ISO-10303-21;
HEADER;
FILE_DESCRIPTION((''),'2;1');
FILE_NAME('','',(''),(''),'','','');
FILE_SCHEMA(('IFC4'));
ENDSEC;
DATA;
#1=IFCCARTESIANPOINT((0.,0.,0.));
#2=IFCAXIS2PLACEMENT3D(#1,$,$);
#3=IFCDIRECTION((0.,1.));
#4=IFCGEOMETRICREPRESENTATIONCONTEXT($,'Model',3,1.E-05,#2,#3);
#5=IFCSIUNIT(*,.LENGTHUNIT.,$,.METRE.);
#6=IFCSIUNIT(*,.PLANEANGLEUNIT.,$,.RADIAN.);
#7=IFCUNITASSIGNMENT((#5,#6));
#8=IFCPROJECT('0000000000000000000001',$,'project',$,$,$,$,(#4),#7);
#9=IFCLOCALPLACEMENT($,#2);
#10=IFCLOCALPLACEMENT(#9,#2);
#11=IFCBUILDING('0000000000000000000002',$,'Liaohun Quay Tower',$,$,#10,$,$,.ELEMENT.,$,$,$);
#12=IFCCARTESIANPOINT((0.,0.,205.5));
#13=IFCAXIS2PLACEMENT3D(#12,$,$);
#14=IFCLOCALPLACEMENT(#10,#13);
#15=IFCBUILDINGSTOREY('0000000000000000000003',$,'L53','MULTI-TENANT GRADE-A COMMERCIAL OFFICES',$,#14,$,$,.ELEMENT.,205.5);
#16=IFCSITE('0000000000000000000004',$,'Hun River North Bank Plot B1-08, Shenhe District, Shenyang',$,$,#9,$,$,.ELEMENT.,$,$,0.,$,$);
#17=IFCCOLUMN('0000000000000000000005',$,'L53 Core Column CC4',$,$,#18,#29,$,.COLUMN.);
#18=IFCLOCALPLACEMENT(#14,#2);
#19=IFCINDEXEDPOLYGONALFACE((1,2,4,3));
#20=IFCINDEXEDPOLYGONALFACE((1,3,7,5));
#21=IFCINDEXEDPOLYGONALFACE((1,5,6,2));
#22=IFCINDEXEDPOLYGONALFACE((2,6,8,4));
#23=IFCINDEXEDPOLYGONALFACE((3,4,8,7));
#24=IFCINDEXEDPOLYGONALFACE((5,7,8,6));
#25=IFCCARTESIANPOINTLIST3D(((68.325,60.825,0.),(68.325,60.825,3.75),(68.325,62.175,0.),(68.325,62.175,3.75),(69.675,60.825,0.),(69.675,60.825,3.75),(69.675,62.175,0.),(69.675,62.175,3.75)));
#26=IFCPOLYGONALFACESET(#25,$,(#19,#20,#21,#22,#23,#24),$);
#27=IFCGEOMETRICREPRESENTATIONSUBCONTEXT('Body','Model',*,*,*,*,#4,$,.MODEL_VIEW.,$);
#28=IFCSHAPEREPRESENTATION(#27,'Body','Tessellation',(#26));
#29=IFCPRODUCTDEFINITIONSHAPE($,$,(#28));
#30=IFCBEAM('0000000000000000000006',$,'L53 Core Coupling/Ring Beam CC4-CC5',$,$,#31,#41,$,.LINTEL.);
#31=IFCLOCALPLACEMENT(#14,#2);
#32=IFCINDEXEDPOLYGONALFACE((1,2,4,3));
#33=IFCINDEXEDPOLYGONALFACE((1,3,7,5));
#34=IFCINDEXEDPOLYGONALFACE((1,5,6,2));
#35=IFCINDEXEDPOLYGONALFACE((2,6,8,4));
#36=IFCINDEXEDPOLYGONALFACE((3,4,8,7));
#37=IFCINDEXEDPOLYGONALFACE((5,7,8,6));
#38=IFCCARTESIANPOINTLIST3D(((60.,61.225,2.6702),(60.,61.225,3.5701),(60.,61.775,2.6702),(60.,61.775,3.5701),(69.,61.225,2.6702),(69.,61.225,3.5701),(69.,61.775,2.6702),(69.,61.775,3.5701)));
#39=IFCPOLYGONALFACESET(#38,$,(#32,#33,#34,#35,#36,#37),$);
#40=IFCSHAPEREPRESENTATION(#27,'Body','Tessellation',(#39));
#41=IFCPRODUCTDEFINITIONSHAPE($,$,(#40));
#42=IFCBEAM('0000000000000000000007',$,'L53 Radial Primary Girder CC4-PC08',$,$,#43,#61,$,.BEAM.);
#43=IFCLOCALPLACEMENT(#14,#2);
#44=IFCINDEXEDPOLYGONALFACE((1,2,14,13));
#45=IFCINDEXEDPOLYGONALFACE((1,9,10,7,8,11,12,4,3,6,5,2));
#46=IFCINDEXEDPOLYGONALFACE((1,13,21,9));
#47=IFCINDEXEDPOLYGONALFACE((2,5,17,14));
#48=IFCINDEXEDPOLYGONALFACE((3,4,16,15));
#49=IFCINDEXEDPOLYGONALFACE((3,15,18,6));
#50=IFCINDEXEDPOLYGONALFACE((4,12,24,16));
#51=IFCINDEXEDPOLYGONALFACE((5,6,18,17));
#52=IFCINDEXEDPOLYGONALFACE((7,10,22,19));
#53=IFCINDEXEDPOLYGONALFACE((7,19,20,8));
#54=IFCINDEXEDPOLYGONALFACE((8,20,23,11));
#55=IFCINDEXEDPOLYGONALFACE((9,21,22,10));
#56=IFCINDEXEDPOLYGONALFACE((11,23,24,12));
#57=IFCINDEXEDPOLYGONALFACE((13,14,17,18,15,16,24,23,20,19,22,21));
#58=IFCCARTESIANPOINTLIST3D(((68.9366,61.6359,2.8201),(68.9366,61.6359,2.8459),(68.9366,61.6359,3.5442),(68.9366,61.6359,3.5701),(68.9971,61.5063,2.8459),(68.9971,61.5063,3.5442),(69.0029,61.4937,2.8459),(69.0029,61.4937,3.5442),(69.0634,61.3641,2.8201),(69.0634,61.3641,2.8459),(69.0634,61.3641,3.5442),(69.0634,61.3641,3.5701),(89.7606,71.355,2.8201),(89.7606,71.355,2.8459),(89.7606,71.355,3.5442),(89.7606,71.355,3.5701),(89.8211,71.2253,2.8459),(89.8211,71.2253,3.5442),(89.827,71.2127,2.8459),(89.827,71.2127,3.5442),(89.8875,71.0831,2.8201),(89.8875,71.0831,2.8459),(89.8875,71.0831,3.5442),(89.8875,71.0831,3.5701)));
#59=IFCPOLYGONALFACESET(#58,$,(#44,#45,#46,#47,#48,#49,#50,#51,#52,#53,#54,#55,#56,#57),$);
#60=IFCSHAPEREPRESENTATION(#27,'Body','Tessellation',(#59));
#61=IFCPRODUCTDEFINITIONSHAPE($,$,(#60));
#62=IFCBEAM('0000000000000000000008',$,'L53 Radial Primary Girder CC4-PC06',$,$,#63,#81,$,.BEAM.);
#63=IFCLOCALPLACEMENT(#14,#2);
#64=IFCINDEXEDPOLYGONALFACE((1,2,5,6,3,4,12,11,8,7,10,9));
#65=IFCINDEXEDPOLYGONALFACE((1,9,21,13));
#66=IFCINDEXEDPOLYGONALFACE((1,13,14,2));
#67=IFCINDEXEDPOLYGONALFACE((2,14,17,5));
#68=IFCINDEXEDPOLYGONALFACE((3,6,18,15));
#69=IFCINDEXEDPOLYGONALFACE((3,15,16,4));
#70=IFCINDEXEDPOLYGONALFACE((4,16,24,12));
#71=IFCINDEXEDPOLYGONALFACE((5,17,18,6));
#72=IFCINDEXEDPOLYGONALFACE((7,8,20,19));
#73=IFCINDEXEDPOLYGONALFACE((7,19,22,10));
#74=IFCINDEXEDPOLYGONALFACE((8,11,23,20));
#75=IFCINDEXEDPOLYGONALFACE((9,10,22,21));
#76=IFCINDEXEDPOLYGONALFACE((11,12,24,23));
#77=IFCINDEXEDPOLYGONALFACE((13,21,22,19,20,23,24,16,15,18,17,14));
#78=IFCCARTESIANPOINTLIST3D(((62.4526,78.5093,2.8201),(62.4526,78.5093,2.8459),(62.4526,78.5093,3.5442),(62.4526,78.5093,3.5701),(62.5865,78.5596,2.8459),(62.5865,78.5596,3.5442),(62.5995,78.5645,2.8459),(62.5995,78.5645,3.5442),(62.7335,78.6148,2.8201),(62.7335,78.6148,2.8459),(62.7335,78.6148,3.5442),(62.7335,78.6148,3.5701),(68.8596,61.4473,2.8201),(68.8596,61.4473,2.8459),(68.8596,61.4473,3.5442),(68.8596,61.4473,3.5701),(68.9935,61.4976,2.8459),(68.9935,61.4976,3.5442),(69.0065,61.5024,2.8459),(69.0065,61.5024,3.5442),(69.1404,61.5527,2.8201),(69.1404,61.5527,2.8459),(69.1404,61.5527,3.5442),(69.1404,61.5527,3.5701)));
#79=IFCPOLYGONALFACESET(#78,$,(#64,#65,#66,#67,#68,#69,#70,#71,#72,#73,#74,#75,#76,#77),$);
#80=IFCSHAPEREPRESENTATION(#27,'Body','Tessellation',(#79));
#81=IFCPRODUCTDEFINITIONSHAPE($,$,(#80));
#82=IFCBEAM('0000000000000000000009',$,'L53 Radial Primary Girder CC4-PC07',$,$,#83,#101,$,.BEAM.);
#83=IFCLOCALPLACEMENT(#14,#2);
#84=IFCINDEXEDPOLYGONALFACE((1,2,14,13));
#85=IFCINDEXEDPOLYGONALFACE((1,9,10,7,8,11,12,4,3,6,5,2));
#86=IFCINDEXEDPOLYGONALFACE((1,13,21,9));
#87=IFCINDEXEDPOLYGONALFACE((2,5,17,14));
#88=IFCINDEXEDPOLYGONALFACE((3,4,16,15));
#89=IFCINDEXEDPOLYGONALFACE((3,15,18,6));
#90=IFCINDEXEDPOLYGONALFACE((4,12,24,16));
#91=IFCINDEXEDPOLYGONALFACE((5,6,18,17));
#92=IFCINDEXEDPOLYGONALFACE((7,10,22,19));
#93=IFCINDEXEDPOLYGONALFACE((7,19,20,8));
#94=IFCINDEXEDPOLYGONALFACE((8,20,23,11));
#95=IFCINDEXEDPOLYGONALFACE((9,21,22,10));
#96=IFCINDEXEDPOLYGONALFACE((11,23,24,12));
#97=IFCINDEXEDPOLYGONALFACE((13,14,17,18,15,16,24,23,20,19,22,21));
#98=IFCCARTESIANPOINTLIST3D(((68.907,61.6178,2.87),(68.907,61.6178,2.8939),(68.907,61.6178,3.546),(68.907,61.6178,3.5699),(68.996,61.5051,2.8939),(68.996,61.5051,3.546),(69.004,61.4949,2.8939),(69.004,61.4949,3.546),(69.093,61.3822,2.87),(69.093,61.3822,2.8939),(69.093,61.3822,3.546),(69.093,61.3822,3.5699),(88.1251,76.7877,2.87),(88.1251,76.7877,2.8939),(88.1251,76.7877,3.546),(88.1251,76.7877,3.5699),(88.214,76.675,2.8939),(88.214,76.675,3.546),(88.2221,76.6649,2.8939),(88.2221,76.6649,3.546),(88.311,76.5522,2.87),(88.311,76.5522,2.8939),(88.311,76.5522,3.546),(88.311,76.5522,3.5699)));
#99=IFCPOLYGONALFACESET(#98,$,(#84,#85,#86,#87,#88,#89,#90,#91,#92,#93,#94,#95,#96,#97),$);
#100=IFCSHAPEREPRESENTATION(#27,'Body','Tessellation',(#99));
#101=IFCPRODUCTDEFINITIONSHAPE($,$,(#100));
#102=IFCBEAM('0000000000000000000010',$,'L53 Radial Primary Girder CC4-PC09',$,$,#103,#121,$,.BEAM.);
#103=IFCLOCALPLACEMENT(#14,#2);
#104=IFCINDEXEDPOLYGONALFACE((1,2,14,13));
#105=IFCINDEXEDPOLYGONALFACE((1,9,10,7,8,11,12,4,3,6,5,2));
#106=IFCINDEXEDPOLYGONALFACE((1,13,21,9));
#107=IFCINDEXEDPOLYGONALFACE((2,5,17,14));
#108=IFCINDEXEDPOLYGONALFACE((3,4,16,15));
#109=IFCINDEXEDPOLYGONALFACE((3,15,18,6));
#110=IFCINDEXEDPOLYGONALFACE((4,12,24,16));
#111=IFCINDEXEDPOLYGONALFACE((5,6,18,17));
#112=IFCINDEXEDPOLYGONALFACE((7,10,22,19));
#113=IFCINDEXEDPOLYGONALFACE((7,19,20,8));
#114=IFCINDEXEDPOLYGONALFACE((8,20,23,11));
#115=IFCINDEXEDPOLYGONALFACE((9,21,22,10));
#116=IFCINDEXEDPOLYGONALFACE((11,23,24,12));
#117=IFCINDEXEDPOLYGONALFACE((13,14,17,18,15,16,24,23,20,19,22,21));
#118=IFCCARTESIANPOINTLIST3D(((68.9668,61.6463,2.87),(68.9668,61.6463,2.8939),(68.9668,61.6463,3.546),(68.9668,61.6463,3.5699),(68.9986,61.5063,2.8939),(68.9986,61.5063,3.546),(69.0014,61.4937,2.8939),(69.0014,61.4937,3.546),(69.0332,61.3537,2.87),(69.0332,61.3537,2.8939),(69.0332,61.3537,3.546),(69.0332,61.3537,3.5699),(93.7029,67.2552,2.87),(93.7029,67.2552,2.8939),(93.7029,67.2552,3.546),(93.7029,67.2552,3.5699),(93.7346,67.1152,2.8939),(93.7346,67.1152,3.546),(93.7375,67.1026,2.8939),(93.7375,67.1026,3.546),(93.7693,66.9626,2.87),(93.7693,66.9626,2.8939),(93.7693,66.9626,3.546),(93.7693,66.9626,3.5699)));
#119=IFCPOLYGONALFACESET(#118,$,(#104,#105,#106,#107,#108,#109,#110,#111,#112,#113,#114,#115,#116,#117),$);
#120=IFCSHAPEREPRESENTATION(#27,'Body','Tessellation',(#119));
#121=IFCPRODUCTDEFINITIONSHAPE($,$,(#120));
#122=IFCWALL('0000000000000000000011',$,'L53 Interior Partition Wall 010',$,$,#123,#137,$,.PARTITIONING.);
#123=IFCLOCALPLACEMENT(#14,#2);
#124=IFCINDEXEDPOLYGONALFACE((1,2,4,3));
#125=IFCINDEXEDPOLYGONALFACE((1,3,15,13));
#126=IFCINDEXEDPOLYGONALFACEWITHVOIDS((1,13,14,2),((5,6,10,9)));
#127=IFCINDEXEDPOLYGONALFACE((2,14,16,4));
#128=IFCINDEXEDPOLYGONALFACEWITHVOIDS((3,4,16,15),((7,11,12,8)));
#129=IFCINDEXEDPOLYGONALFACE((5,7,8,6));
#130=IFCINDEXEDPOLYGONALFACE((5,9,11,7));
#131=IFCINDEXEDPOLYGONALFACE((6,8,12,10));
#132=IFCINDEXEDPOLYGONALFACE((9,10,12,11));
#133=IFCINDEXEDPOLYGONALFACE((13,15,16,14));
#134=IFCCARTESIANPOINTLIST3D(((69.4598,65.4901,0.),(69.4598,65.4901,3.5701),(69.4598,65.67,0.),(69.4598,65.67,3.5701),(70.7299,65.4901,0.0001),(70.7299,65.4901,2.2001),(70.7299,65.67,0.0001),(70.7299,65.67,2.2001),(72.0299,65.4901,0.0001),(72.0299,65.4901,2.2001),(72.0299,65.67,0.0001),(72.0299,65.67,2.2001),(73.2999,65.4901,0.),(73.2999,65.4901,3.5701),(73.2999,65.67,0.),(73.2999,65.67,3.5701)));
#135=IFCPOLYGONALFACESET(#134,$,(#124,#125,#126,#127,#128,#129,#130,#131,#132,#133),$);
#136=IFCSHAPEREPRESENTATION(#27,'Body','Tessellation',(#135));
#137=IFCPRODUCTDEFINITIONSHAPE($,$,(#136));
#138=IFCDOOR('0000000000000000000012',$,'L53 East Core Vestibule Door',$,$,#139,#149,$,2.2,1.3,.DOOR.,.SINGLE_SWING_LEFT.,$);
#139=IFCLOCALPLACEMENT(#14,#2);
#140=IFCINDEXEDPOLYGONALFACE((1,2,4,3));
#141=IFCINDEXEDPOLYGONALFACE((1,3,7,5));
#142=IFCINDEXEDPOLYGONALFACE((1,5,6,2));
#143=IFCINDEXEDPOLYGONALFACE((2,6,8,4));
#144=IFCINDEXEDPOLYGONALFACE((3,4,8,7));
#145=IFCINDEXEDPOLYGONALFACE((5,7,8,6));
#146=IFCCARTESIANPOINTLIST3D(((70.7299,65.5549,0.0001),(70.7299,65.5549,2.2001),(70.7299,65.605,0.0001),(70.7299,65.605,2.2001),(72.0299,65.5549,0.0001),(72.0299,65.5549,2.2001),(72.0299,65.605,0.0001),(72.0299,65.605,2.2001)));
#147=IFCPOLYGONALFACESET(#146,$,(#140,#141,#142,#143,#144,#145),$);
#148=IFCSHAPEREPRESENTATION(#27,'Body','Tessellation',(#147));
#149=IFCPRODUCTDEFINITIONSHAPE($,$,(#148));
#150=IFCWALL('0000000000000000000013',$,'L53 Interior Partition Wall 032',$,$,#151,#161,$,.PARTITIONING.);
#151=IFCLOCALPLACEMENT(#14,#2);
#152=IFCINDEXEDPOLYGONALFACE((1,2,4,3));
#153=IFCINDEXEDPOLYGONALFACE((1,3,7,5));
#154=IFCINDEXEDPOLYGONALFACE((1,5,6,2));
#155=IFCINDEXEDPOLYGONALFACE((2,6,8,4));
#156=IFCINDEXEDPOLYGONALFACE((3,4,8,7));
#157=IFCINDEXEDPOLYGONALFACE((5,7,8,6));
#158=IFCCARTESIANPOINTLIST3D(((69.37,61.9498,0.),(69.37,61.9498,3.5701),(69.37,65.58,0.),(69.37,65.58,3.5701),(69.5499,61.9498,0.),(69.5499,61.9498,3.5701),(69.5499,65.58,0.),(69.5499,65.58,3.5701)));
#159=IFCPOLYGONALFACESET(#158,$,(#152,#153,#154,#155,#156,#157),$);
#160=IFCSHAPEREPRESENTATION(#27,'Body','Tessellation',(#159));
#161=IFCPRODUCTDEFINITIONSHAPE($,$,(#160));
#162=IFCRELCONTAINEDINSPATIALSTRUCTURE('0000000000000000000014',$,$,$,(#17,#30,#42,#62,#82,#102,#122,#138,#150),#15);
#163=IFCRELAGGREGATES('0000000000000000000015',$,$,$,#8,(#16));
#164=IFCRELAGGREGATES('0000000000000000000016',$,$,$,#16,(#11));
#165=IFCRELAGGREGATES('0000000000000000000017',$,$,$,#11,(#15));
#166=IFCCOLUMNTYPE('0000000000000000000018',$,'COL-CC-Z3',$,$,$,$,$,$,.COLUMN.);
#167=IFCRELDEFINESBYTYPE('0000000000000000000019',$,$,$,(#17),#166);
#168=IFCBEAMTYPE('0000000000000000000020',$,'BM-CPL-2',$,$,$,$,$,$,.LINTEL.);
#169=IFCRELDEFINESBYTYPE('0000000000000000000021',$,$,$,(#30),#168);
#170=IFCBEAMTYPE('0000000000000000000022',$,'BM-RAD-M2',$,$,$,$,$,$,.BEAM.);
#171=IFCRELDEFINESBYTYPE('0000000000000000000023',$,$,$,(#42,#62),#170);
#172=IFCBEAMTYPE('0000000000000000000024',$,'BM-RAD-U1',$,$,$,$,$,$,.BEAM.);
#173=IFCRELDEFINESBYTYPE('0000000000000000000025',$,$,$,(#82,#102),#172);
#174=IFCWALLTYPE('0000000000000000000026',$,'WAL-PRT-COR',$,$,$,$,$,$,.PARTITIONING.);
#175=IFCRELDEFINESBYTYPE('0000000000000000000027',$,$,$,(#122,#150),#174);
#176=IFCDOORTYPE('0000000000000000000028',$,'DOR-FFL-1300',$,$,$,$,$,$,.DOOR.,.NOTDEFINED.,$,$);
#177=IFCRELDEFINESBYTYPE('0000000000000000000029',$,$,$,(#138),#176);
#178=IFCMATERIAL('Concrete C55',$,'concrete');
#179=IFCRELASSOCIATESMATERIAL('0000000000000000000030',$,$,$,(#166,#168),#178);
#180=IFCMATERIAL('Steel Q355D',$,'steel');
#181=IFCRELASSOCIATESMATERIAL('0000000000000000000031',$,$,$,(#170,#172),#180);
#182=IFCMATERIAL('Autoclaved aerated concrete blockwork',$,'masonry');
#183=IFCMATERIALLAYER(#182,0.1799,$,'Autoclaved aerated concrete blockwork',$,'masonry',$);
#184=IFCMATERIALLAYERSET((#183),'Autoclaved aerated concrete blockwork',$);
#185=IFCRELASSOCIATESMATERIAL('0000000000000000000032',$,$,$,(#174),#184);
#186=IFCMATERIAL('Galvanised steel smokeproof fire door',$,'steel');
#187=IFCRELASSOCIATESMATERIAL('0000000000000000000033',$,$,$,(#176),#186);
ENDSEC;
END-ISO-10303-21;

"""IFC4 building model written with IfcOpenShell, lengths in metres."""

from ifc_helpers import new_model, si_unit, direction, frame, frame_2d, origin, origin_2d, place, context, subcontext, project, spatial, rectangle, i_section, extrude, source, transform, mapped, material, layer, layer_set, material_profile, profile_set, type_object, element, fill, save


model = new_model("IFC4")

# Units and contexts
model_context = context("Model", 3, precision=1e-05, world=origin(), true_north=direction((0.0, 1.0)))
body_context = subcontext(model_context, "Body", "Model", "MODEL_VIEW")
ifc_project = project(units=[si_unit("LENGTHUNIT", "METRE"), si_unit("PLANEANGLEUNIT", "RADIAN")], contexts=[model_context])

# Site, building, storey
site_placement = place(None, origin())
site = spatial("IfcSite", under=ifc_project, at=site_placement, Name="Hun River North Bank Plot B1-08, Shenhe District, Shenyang", CompositionType="ELEMENT", RefElevation=0.0)
building_placement = place(site_placement, origin())
building = spatial("IfcBuilding", under=site, at=building_placement, Name="Liaohun Quay Tower", CompositionType="ELEMENT")
storey_placement = place(building_placement, frame((0.0, 0.0, 205.5)))
storey = spatial("IfcBuildingStorey", under=building, at=storey_placement, Name="L53", Description="MULTI-TENANT GRADE-A COMMERCIAL OFFICES", CompositionType="ELEMENT", Elevation=205.5)

# Column
ifc_material_1 = material(Name="Concrete C55", Category="concrete")
ifc_material_profile_1 = material_profile(ifc_material_1, rectangle(XDim=1.3501, YDim=1.3501, at=origin_2d()), Name="RC1350x1350")
ifc_profile_set_1 = profile_set([ifc_material_profile_1], Name="Concrete C55")
column_type = type_object("IfcColumnType", Name="COL-CC-Z3", PredefinedType="COLUMN", material=ifc_profile_set_1)
shared_shape_1 = source(origin(), body_context, "Body", "SweptSolid", [
    extrude(rectangle(XDim=1.3501, YDim=1.3501, at=origin_2d()), origin(), (0.0, 0.0, 1.0), 3.75),
])
column_placement = place(storey_placement, frame((69.0, 61.5, 0.0), z_axis=(0.0, 0.0, 1.0), x_axis=(1.0, 0.0, 0.0)))
element("IfcColumn", 1, at=column_placement, inside=storey, type_object=column_type, Name="L53 Core Column CC4", PredefinedType="COLUMN", context=body_context, shape_type="MappedRepresentation", body=[
    mapped(shared_shape_1, transform((0.0, 0.0, 0.0), x_axis=(1.0, 0.0, 0.0), y_axis=(0.0, 1.0, 0.0), z_axis=(0.0, 0.0, 1.0), scale=1.0)),
])

# Beams
ifc_material_profile_2 = material_profile(ifc_material_1, rectangle(XDim=0.55, YDim=0.8999, at=origin_2d()), Name="RC550x900")
ifc_profile_set_2 = profile_set([ifc_material_profile_2], Name="Concrete C55")
beam_type_1 = type_object("IfcBeamType", Name="BM-CPL-2", PredefinedType="LINTEL", material=ifc_profile_set_2)
shared_shape_2 = source(origin(), body_context, "Body", "SweptSolid", [
    extrude(rectangle(XDim=0.55, YDim=0.8999, at=origin_2d()), origin(), (0.0, 0.0, 1.0), 9.0),
])
beam_1_placement = place(storey_placement, frame((69.0, 61.5, 3.1201), z_axis=(-1.0, 0.0, 0.0), x_axis=(0.0, -1.0, 0.0)))
element("IfcBeam", 2, at=beam_1_placement, inside=storey, type_object=beam_type_1, Name="L53 Core Coupling/Ring Beam CC4-CC5", PredefinedType="LINTEL", context=body_context, shape_type="MappedRepresentation", body=[
    mapped(shared_shape_2, transform((0.0, 0.0, 0.0), x_axis=(1.0, 0.0, 0.0), y_axis=(0.0, 1.0, 0.0), z_axis=(0.0, 0.0, 1.0), scale=1.0)),
])
ifc_material_2 = material(Name="Steel Q355D", Category="steel")
ifc_material_profile_3 = material_profile(ifc_material_2, i_section(OverallWidth=0.3, OverallDepth=0.75, WebThickness=0.0139, FlangeThickness=0.0259, at=origin_2d()), Name="HN750x300x14x26")
ifc_profile_set_3 = profile_set([ifc_material_profile_3], Name="Steel Q355D")
beam_type_2 = type_object("IfcBeamType", Name="BM-RAD-M2", PredefinedType="BEAM", material=ifc_profile_set_3)
shared_shape_3 = source(origin(), body_context, "Body", "SweptSolid", [
    extrude(i_section(OverallWidth=0.3, OverallDepth=0.75, WebThickness=0.0139, FlangeThickness=0.0259, at=origin_2d()), origin(), (0.0, 0.0, 1.0), 22.9805),
])
beam_2_placement = place(storey_placement, frame((69.0, 61.5, 3.1951), z_axis=(0.906164, 0.422926, 0.0), x_axis=(-0.422926, 0.906164, 0.0)))
element("IfcBeam", 3, at=beam_2_placement, inside=storey, type_object=beam_type_2, Name="L53 Radial Primary Girder CC4-PC08", PredefinedType="BEAM", context=body_context, shape_type="MappedRepresentation", body=[
    mapped(shared_shape_3, transform((0.0, 0.0, 0.0), x_axis=(1.0, 0.0, 0.0), y_axis=(0.0, 1.0, 0.0), z_axis=(0.0, 0.0, 1.0), scale=1.0)),
])
shared_shape_4 = source(origin(), body_context, "Body", "SweptSolid", [
    extrude(i_section(OverallWidth=0.3, OverallDepth=0.75, WebThickness=0.0139, FlangeThickness=0.0259, at=origin_2d()), origin(), (0.0, 0.0, 1.0), 18.2253),
])
beam_3_placement = place(storey_placement, frame((69.0, 61.5, 3.1951), z_axis=(-0.351543, 0.936172, 0.0), x_axis=(-0.936172, -0.351543, 0.0)))
element("IfcBeam", 4, at=beam_3_placement, inside=storey, type_object=beam_type_2, Name="L53 Radial Primary Girder CC4-PC06", PredefinedType="BEAM", context=body_context, shape_type="MappedRepresentation", body=[
    mapped(shared_shape_4, transform((0.0, 0.0, 0.0), x_axis=(1.0, 0.0, 0.0), y_axis=(0.0, 1.0, 0.0), z_axis=(0.0, 0.0, 1.0), scale=1.0)),
])
ifc_material_profile_4 = material_profile(ifc_material_2, i_section(OverallWidth=0.3, OverallDepth=0.7, WebThickness=0.0129, FlangeThickness=0.0239, at=origin_2d()), Name="HN700x300x13x24")
ifc_profile_set_4 = profile_set([ifc_material_profile_4], Name="Steel Q355D")
beam_type_3 = type_object("IfcBeamType", Name="BM-RAD-U1", PredefinedType="BEAM", material=ifc_profile_set_4)
shared_shape_5 = source(origin(), body_context, "Body", "SweptSolid", [
    extrude(i_section(OverallWidth=0.3, OverallDepth=0.7, WebThickness=0.0129, FlangeThickness=0.0239, at=origin_2d()), origin(), (0.0, 0.0, 1.0), 24.4839),
])
beam_4_placement = place(storey_placement, frame((69.0, 61.5, 3.22), z_axis=(0.784926, 0.619589, 0.0), x_axis=(-0.619589, 0.784926, 0.0)))
element("IfcBeam", 5, at=beam_4_placement, inside=storey, type_object=beam_type_3, Name="L53 Radial Primary Girder CC4-PC07", PredefinedType="BEAM", context=body_context, shape_type="MappedRepresentation", body=[
    mapped(shared_shape_5, transform((0.0, 0.0, 0.0), x_axis=(1.0, 0.0, 0.0), y_axis=(0.0, 1.0, 0.0), z_axis=(0.0, 0.0, 1.0), scale=1.0)),
])
shared_shape_6 = source(origin(), body_context, "Body", "SweptSolid", [
    extrude(i_section(OverallWidth=0.3, OverallDepth=0.7, WebThickness=0.0129, FlangeThickness=0.0239, at=origin_2d()), origin(), (0.0, 0.0, 1.0), 25.364),
])
beam_5_placement = place(storey_placement, frame((69.0, 61.5, 3.22), z_axis=(0.975243, 0.221136, 0.0), x_axis=(-0.221136, 0.975243, 0.0)))
element("IfcBeam", 6, at=beam_5_placement, inside=storey, type_object=beam_type_3, Name="L53 Radial Primary Girder CC4-PC09", PredefinedType="BEAM", context=body_context, shape_type="MappedRepresentation", body=[
    mapped(shared_shape_6, transform((0.0, 0.0, 0.0), x_axis=(1.0, 0.0, 0.0), y_axis=(0.0, 1.0, 0.0), z_axis=(0.0, 0.0, 1.0), scale=1.0)),
])

# Wall, opening, door
ifc_material_3 = material(Name="Autoclaved aerated concrete blockwork", Category="masonry")
ifc_layer_1 = layer(ifc_material_3, 0.1799, Name="Autoclaved aerated concrete blockwork", Category="masonry")
ifc_layer_set_1 = layer_set([ifc_layer_1], Name="Autoclaved aerated concrete blockwork")
wall_type_1 = type_object("IfcWallType", Name="WAL-PRT-COR", PredefinedType="PARTITIONING", material=ifc_layer_set_1)
wall_1_placement = place(storey_placement, frame((69.46, 65.5801, 0.0), z_axis=(0.0, 0.0, 1.0), x_axis=(1.0, 0.0, 0.0)))
wall_1 = element("IfcWall", 7, at=wall_1_placement, inside=storey, type_object=wall_type_1, Name="L53 Interior Partition Wall 010", PredefinedType="PARTITIONING", context=body_context, shape_type="SweptSolid", body=[
    extrude(rectangle(XDim=3.8401, YDim=0.1799, at=frame_2d((1.9199, 0.0))), origin(), (0.0, 0.0, 1.0), 3.5701),
])
shared_shape_7 = source(origin(), body_context, "Body", "SweptSolid", [
    extrude(rectangle(XDim=1.3, YDim=2.2, at=frame_2d((0.6499, 1.1001))), frame((0.0, 0.0999, 0.0), z_axis=(0.0, -1.0, 0.0), x_axis=(1.0, 0.0, 0.0)), (0.0, 0.0, 1.0), 0.2),
])
opening_1_placement = place(wall_1_placement, frame((1.27, 0.0, 0.0)))
opening_1 = element("IfcOpeningElement", 8, at=opening_1_placement, cuts=wall_1, PredefinedType="OPENING", context=body_context, shape_type="MappedRepresentation", body=[
    mapped(shared_shape_7, transform((0.0, 0.0, 0.0), x_axis=(1.0, 0.0, 0.0), y_axis=(0.0, 1.0, 0.0), z_axis=(0.0, 0.0, 1.0), scale=1.0)),
])
ifc_material_4 = material(Name="Galvanised steel smokeproof fire door", Category="steel")
door_type_1 = type_object("IfcDoorType", Name="DOR-FFL-1300", OperationType="NOTDEFINED", PredefinedType="DOOR", material=ifc_material_4)
shared_shape_8 = source(origin(), body_context, "Body", "SweptSolid", [
    extrude(rectangle(XDim=1.3, YDim=2.2, at=frame_2d((0.6499, 1.1001))), frame((0.0, 0.0249, 0.0), z_axis=(0.0, -1.0, 0.0), x_axis=(1.0, 0.0, 0.0)), (0.0, 0.0, 1.0), 0.05),
])
door_1_placement = place(opening_1_placement, origin())
door_1 = element("IfcDoor", 9, at=door_1_placement, inside=storey, type_object=door_type_1, Name="L53 East Core Vestibule Door", OperationType="SINGLE_SWING_LEFT", OverallHeight=2.2, OverallWidth=1.3, PredefinedType="DOOR", context=body_context, shape_type="MappedRepresentation", body=[
    mapped(shared_shape_8, transform((0.0, 0.0, 0.0), x_axis=(1.0, 0.0, 0.0), y_axis=(0.0, 1.0, 0.0), z_axis=(0.0, 0.0, 1.0), scale=1.0)),
])
fill(opening_1, door_1)

# Wall
wall_2_placement = place(storey_placement, frame((69.46, 61.95, 0.0), z_axis=(0.0, 0.0, 1.0), x_axis=(0.0, 1.0, 0.0)))
element("IfcWall", 10, at=wall_2_placement, inside=storey, type_object=wall_type_1, Name="L53 Interior Partition Wall 032", PredefinedType="PARTITIONING", context=body_context, shape_type="SweptSolid", body=[
    extrude(rectangle(XDim=3.6301, YDim=0.1799, at=frame_2d((1.8149, 0.0))), origin(), (0.0, 0.0, 1.0), 3.5701),
])

save(model, "model.ifc")
